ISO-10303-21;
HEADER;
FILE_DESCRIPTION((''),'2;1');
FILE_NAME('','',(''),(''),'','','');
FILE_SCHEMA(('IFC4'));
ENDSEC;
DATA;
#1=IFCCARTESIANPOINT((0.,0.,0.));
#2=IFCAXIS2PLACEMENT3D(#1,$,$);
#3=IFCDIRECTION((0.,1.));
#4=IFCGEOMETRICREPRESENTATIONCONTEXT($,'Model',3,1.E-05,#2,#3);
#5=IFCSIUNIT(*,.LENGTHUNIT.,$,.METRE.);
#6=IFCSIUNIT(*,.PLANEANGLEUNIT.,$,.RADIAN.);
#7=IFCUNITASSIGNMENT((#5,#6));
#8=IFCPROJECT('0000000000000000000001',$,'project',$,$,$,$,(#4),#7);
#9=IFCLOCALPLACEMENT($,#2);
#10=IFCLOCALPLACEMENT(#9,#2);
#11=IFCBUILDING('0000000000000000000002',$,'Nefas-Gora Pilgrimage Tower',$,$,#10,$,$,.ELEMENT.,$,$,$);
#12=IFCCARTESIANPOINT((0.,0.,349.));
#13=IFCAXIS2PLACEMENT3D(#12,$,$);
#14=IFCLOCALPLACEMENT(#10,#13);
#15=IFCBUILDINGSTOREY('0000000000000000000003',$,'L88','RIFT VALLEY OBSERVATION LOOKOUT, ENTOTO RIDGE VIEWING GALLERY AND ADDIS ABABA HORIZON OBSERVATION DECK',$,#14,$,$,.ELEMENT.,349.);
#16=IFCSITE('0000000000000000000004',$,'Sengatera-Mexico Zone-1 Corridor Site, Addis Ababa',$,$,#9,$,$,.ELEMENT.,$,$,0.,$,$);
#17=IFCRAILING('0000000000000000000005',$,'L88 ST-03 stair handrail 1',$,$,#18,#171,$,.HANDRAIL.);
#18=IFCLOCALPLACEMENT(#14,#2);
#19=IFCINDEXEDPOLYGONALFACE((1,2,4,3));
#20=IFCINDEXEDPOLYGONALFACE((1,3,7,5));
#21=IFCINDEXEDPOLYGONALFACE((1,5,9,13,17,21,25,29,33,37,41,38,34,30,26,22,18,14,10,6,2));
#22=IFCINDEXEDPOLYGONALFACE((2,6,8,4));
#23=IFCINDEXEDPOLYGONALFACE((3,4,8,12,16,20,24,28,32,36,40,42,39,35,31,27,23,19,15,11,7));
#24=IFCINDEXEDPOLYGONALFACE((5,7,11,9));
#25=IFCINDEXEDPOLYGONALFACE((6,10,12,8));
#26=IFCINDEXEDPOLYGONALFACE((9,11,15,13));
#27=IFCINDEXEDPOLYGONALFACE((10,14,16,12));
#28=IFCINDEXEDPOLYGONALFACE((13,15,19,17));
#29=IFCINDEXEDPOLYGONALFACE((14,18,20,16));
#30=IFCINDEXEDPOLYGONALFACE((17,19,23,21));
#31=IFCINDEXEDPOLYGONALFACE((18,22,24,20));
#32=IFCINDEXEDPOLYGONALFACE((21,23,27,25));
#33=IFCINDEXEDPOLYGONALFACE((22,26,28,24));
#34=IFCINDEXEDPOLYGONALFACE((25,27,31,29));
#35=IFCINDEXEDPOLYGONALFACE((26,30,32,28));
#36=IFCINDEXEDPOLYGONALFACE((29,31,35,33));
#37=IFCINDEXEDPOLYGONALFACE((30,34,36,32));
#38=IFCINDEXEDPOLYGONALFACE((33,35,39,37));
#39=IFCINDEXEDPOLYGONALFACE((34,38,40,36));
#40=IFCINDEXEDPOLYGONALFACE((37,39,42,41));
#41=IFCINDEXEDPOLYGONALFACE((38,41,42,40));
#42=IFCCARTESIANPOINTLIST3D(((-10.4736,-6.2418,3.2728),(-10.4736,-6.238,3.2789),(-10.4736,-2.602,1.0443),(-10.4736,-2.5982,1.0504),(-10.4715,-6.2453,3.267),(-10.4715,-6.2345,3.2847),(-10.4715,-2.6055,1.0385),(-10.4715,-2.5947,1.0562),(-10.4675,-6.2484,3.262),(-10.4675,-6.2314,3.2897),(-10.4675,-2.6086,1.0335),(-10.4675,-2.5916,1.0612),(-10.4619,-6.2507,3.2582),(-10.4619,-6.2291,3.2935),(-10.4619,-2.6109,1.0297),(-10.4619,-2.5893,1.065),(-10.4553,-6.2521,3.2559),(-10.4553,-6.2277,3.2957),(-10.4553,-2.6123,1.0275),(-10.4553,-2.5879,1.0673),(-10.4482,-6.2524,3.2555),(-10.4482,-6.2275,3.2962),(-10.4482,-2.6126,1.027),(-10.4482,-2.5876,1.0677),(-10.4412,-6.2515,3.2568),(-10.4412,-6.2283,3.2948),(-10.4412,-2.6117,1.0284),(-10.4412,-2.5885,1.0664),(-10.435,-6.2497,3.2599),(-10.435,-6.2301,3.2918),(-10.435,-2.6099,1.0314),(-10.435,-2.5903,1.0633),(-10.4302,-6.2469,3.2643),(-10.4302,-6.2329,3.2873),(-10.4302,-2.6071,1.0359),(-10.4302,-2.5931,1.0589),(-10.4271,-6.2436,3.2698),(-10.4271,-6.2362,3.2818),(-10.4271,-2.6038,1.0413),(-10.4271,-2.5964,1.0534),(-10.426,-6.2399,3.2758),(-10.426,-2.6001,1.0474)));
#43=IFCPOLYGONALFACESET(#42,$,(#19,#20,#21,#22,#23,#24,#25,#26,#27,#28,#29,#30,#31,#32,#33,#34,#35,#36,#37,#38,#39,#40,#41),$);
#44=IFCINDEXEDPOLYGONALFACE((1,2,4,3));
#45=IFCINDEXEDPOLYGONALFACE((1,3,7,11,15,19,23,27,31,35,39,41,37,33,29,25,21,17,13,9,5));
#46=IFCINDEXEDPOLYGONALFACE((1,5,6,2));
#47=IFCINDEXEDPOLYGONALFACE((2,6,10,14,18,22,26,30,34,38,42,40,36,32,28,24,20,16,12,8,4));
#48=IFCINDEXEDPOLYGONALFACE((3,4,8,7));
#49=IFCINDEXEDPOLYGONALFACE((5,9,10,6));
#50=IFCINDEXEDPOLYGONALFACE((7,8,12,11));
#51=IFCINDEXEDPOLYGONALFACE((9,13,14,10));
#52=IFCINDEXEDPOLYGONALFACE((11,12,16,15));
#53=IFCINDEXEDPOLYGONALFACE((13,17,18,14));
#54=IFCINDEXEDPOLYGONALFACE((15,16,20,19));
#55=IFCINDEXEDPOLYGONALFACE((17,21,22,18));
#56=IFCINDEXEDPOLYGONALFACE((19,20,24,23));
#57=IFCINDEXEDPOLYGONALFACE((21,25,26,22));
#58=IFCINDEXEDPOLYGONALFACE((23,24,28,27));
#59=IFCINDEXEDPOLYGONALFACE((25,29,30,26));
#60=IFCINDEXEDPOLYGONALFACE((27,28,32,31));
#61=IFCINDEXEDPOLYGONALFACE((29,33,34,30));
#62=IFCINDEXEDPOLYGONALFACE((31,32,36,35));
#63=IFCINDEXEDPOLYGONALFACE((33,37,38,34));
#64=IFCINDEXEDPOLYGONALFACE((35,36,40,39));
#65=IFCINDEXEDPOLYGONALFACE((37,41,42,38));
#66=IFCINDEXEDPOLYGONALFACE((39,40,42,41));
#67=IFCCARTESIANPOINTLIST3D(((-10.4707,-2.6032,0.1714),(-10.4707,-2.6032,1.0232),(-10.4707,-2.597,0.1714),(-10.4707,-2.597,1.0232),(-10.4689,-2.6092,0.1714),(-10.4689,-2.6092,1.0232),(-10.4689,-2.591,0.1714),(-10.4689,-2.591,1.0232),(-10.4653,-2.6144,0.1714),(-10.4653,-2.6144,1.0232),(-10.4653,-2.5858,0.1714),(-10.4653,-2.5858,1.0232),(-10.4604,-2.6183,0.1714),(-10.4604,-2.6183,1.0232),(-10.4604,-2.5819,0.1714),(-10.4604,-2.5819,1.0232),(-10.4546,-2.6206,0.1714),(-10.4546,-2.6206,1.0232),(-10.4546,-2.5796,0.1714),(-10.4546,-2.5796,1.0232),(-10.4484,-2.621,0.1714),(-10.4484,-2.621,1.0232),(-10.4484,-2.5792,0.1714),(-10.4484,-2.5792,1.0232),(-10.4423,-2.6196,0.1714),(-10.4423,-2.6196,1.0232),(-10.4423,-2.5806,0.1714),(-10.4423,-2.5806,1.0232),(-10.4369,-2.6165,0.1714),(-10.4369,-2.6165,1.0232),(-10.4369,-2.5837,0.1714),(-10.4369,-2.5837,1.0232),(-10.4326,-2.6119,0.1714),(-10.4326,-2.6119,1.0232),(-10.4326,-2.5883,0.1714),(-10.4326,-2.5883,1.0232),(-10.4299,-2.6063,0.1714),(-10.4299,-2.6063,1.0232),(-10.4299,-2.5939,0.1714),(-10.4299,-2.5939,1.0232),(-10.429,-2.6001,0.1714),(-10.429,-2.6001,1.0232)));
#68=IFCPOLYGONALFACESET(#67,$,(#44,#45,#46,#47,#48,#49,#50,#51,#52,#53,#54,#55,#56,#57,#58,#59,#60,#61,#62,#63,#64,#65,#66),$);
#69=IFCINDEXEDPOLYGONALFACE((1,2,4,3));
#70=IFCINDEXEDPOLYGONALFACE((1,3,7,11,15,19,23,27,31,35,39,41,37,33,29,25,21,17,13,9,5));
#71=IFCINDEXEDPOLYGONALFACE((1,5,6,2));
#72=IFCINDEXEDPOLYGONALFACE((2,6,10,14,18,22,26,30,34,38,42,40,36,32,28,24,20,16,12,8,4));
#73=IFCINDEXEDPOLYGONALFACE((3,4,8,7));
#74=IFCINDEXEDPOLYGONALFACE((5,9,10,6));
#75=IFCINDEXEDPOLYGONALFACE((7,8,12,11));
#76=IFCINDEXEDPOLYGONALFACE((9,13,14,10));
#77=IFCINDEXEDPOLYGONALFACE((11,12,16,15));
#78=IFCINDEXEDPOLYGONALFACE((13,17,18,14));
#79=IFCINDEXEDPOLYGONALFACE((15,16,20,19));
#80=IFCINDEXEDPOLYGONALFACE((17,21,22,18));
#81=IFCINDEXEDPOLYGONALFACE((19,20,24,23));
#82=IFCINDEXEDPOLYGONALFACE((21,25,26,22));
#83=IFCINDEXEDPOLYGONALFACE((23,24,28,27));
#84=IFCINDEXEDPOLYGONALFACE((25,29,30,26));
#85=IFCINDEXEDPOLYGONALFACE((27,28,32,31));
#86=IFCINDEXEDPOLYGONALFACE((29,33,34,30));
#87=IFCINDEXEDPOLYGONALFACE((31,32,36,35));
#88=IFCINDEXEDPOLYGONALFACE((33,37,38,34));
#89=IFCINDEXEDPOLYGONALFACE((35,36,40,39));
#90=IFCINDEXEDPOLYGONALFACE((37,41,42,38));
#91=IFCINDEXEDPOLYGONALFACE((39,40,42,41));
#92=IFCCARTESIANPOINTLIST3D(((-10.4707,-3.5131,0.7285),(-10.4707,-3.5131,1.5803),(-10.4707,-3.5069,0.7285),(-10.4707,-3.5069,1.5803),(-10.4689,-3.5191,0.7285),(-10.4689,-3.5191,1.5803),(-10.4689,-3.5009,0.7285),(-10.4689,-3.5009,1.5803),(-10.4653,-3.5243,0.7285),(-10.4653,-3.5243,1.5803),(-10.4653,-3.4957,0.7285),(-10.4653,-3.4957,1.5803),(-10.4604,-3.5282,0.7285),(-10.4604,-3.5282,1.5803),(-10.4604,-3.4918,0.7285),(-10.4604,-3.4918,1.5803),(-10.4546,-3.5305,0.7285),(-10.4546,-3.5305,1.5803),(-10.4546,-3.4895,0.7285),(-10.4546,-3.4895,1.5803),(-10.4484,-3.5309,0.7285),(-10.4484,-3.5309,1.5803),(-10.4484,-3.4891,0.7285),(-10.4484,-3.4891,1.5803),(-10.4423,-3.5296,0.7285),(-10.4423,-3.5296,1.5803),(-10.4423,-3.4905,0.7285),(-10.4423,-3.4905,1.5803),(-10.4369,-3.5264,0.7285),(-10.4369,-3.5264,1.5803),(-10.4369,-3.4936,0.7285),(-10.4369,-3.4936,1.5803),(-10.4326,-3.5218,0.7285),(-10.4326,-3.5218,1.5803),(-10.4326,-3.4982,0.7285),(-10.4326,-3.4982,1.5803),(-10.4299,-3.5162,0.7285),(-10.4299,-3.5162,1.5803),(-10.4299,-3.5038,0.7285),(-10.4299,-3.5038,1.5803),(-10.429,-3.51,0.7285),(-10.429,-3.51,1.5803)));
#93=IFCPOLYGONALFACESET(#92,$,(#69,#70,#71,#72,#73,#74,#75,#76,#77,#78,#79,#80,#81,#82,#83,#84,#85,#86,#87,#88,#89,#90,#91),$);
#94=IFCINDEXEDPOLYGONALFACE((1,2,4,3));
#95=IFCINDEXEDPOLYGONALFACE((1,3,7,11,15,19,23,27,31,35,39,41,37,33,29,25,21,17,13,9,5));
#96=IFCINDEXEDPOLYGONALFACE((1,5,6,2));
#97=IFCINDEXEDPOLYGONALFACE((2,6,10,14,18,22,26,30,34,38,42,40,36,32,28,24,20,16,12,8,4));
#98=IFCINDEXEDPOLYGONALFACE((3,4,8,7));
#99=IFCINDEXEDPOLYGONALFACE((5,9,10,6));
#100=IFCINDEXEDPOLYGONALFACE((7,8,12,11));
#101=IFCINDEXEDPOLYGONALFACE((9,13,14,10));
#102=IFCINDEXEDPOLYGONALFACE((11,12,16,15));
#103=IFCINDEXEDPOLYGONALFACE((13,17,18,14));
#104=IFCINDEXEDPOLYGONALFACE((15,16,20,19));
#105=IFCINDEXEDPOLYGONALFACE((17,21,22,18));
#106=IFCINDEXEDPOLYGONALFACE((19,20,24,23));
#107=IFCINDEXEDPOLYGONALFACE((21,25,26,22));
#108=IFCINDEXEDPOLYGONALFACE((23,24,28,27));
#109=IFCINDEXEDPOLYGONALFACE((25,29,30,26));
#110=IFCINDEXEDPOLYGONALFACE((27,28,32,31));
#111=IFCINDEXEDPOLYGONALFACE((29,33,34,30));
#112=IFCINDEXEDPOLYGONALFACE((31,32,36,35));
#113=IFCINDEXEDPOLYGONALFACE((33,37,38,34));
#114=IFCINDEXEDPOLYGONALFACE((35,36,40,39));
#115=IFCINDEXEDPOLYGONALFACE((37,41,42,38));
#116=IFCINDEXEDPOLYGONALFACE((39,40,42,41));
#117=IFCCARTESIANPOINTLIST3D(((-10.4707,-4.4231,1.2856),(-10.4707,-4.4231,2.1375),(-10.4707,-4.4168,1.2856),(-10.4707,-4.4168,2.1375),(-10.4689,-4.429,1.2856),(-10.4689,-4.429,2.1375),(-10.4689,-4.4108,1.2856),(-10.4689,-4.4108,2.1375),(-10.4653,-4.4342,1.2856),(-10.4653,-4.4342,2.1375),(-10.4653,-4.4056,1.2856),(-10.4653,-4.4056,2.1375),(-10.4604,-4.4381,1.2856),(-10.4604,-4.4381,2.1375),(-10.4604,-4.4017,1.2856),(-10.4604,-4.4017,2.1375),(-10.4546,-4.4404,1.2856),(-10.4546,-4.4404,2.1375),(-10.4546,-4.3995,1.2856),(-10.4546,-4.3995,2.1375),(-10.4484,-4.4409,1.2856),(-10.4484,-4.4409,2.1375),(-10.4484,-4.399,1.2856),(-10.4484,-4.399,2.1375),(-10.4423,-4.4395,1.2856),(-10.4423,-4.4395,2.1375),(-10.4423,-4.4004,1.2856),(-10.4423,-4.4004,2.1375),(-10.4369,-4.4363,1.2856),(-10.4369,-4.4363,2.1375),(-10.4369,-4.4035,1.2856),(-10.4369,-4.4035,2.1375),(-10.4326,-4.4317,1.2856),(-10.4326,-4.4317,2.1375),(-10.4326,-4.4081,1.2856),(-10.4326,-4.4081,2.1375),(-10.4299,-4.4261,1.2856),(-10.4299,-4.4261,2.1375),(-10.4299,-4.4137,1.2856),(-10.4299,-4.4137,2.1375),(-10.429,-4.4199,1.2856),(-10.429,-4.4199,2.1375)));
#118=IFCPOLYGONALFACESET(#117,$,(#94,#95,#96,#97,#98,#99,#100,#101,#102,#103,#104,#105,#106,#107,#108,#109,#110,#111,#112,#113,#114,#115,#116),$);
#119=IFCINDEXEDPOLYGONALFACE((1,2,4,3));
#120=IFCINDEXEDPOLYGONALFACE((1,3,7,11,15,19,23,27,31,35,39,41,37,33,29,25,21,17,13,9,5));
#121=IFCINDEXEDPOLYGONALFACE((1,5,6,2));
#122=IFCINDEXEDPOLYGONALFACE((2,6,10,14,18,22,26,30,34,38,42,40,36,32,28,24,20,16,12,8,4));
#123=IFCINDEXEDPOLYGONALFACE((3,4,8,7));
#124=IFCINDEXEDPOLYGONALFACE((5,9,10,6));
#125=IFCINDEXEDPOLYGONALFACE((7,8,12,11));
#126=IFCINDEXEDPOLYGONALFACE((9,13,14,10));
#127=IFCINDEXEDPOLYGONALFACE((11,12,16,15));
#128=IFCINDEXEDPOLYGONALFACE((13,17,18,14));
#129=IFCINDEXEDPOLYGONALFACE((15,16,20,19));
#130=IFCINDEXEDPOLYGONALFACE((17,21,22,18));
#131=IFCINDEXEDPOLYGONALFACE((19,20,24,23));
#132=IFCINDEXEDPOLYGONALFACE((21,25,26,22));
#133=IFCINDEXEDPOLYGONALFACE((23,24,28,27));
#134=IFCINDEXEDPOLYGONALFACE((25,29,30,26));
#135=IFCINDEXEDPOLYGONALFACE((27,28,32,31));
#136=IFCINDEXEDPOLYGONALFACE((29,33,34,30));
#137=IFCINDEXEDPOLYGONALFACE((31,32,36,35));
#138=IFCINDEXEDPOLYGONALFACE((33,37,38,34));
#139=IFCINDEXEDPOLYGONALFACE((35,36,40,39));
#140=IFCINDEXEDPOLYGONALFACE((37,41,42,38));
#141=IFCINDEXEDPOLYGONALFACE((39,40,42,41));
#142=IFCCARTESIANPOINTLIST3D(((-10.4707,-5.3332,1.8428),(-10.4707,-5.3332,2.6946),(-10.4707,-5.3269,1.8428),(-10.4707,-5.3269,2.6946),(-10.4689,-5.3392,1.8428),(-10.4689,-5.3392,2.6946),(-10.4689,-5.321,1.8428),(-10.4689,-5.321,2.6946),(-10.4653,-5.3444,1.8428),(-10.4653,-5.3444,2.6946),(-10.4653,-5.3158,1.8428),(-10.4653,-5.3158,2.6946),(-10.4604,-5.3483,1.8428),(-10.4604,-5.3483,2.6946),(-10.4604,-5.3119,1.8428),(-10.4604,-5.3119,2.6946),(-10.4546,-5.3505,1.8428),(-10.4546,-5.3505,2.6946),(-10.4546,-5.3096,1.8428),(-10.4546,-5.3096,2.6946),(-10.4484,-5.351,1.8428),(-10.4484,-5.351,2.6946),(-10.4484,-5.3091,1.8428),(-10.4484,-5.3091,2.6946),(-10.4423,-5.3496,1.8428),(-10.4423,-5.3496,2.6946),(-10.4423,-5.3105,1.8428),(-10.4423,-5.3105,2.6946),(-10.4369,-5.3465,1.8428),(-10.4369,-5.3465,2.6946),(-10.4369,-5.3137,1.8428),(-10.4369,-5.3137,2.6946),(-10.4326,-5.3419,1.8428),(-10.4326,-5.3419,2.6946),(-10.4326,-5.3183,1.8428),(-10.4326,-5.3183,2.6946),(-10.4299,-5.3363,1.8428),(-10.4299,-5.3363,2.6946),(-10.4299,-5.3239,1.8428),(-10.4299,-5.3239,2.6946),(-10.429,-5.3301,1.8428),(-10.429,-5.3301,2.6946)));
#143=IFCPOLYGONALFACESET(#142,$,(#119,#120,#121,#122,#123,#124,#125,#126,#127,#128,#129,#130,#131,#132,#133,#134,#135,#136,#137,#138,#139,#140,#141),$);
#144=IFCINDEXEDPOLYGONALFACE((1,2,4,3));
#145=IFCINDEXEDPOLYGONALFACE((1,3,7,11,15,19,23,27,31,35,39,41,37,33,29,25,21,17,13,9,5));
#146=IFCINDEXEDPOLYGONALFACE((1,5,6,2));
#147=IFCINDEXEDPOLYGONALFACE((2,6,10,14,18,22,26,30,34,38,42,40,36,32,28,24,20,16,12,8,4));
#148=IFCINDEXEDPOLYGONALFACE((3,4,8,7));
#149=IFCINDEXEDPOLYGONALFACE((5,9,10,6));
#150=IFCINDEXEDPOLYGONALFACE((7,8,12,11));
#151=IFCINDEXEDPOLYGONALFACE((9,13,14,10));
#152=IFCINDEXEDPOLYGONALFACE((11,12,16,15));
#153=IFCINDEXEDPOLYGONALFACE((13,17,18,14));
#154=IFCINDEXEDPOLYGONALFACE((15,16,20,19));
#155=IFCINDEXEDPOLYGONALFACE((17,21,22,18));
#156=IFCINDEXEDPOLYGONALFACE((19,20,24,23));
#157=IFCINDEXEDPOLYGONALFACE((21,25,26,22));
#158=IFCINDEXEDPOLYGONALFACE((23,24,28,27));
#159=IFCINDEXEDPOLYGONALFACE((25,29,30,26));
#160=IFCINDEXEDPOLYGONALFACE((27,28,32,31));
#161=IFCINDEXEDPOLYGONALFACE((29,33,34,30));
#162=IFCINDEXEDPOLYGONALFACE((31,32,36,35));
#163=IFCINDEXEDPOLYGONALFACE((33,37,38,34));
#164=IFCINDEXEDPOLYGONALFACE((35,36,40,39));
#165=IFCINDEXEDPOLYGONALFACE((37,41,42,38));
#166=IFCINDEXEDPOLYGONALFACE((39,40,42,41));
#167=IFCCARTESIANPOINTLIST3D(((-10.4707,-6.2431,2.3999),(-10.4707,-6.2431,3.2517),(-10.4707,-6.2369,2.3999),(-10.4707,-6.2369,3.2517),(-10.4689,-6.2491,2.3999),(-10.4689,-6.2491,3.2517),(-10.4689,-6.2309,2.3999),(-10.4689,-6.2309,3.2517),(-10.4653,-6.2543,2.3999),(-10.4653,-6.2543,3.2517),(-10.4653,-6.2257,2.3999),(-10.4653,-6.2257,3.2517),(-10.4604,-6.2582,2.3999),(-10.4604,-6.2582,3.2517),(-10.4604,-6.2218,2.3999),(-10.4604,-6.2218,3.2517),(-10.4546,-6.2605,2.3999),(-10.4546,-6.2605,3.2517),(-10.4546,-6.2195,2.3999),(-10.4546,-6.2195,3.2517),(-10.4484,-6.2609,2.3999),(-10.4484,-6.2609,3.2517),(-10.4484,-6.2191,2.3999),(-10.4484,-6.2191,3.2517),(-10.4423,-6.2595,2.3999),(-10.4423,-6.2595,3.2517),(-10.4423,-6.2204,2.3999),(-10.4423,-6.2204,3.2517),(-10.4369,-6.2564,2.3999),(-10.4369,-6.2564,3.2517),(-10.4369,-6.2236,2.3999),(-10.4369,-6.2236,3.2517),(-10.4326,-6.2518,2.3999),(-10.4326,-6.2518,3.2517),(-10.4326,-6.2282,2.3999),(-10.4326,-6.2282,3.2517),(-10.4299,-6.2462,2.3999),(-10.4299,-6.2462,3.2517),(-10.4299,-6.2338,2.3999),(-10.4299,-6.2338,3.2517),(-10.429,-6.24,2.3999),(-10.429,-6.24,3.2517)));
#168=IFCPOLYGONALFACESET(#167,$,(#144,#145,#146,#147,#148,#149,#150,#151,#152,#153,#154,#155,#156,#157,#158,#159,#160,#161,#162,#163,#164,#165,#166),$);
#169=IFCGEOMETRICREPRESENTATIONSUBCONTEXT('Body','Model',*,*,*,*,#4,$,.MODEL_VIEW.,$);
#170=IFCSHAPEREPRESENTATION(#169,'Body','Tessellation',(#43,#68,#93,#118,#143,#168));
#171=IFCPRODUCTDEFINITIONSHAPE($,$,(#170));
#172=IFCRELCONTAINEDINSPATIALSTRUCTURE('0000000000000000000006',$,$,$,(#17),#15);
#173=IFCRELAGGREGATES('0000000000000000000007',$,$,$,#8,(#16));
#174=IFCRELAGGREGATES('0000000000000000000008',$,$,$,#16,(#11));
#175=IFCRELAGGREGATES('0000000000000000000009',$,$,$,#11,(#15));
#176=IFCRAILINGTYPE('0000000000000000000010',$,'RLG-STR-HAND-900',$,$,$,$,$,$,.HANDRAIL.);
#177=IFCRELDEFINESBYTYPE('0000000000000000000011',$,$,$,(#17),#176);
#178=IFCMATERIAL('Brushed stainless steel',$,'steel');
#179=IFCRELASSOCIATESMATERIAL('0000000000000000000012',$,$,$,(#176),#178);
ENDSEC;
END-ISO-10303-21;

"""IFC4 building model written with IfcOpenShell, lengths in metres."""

from ifc_helpers import new_model, si_unit, direction, frame, origin, origin_2d, place, context, subcontext, project, spatial, circle, extrude, material, type_object, element, save


model = new_model("IFC4")

# Units and contexts
model_context = context("Model", 3, precision=1e-05, world=origin(), true_north=direction((0.0, 1.0)))
body_context = subcontext(model_context, "Body", "Model", "MODEL_VIEW")
ifc_project = project(units=[si_unit("LENGTHUNIT", "METRE"), si_unit("PLANEANGLEUNIT", "RADIAN")], contexts=[model_context])

# Site, building, storey
site_placement = place(None, origin())
site = spatial("IfcSite", under=ifc_project, at=site_placement, Name="Sengatera-Mexico Zone-1 Corridor Site, Addis Ababa", CompositionType="ELEMENT", RefElevation=0.0)
building_placement = place(site_placement, origin())
building = spatial("IfcBuilding", under=site, at=building_placement, Name="Nefas-Gora Pilgrimage Tower", CompositionType="ELEMENT")
storey_placement = place(building_placement, frame((0.0, 0.0, 349.0)))
storey = spatial("IfcBuildingStorey", under=building, at=storey_placement, Name="L88", Description="RIFT VALLEY OBSERVATION LOOKOUT, ENTOTO RIDGE VIEWING GALLERY AND ADDIS ABABA HORIZON OBSERVATION DECK", CompositionType="ELEMENT", Elevation=349.0)

# Railing
ifc_material_1 = material(Name="Brushed stainless steel", Category="steel")
railing_type_1 = type_object("IfcRailingType", Name="RLG-STR-HAND-900", PredefinedType="HANDRAIL", material=ifc_material_1)
railing_1_placement = place(storey_placement, frame((-10.45, -2.6001, 0.1714)))
element("IfcRailing", 1, at=railing_1_placement, inside=storey, type_object=railing_type_1, Name="L88 ST-03 stair handrail 1", PredefinedType="HANDRAIL", context=body_context, shape_type="SweptSolid", body=[
    extrude(circle(Radius=0.0239, at=origin_2d()), frame((0.0, 0.0, 0.876), z_axis=(0.0, -0.85285, 0.522156), x_axis=(1.0, 0.0, 0.0)), (0.0, 0.0, 1.0), 4.2678),
    extrude(circle(Radius=0.021, at=origin_2d()), origin(), (0.0, 0.0, 1.0), 0.8518),
    extrude(circle(Radius=0.021, at=origin_2d()), frame((0.0, -0.9099, 0.5571)), (0.0, 0.0, 1.0), 0.8518),
    extrude(circle(Radius=0.021, at=origin_2d()), frame((0.0, -1.8198, 1.1143)), (0.0, 0.0, 1.0), 0.8518),
    extrude(circle(Radius=0.021, at=origin_2d()), frame((0.0, -2.73, 1.6714)), (0.0, 0.0, 1.0), 0.8518),
    extrude(circle(Radius=0.021, at=origin_2d()), frame((0.0, -3.6399, 2.2285)), (0.0, 0.0, 1.0), 0.8518),
])

save(model, "model.ifc")
